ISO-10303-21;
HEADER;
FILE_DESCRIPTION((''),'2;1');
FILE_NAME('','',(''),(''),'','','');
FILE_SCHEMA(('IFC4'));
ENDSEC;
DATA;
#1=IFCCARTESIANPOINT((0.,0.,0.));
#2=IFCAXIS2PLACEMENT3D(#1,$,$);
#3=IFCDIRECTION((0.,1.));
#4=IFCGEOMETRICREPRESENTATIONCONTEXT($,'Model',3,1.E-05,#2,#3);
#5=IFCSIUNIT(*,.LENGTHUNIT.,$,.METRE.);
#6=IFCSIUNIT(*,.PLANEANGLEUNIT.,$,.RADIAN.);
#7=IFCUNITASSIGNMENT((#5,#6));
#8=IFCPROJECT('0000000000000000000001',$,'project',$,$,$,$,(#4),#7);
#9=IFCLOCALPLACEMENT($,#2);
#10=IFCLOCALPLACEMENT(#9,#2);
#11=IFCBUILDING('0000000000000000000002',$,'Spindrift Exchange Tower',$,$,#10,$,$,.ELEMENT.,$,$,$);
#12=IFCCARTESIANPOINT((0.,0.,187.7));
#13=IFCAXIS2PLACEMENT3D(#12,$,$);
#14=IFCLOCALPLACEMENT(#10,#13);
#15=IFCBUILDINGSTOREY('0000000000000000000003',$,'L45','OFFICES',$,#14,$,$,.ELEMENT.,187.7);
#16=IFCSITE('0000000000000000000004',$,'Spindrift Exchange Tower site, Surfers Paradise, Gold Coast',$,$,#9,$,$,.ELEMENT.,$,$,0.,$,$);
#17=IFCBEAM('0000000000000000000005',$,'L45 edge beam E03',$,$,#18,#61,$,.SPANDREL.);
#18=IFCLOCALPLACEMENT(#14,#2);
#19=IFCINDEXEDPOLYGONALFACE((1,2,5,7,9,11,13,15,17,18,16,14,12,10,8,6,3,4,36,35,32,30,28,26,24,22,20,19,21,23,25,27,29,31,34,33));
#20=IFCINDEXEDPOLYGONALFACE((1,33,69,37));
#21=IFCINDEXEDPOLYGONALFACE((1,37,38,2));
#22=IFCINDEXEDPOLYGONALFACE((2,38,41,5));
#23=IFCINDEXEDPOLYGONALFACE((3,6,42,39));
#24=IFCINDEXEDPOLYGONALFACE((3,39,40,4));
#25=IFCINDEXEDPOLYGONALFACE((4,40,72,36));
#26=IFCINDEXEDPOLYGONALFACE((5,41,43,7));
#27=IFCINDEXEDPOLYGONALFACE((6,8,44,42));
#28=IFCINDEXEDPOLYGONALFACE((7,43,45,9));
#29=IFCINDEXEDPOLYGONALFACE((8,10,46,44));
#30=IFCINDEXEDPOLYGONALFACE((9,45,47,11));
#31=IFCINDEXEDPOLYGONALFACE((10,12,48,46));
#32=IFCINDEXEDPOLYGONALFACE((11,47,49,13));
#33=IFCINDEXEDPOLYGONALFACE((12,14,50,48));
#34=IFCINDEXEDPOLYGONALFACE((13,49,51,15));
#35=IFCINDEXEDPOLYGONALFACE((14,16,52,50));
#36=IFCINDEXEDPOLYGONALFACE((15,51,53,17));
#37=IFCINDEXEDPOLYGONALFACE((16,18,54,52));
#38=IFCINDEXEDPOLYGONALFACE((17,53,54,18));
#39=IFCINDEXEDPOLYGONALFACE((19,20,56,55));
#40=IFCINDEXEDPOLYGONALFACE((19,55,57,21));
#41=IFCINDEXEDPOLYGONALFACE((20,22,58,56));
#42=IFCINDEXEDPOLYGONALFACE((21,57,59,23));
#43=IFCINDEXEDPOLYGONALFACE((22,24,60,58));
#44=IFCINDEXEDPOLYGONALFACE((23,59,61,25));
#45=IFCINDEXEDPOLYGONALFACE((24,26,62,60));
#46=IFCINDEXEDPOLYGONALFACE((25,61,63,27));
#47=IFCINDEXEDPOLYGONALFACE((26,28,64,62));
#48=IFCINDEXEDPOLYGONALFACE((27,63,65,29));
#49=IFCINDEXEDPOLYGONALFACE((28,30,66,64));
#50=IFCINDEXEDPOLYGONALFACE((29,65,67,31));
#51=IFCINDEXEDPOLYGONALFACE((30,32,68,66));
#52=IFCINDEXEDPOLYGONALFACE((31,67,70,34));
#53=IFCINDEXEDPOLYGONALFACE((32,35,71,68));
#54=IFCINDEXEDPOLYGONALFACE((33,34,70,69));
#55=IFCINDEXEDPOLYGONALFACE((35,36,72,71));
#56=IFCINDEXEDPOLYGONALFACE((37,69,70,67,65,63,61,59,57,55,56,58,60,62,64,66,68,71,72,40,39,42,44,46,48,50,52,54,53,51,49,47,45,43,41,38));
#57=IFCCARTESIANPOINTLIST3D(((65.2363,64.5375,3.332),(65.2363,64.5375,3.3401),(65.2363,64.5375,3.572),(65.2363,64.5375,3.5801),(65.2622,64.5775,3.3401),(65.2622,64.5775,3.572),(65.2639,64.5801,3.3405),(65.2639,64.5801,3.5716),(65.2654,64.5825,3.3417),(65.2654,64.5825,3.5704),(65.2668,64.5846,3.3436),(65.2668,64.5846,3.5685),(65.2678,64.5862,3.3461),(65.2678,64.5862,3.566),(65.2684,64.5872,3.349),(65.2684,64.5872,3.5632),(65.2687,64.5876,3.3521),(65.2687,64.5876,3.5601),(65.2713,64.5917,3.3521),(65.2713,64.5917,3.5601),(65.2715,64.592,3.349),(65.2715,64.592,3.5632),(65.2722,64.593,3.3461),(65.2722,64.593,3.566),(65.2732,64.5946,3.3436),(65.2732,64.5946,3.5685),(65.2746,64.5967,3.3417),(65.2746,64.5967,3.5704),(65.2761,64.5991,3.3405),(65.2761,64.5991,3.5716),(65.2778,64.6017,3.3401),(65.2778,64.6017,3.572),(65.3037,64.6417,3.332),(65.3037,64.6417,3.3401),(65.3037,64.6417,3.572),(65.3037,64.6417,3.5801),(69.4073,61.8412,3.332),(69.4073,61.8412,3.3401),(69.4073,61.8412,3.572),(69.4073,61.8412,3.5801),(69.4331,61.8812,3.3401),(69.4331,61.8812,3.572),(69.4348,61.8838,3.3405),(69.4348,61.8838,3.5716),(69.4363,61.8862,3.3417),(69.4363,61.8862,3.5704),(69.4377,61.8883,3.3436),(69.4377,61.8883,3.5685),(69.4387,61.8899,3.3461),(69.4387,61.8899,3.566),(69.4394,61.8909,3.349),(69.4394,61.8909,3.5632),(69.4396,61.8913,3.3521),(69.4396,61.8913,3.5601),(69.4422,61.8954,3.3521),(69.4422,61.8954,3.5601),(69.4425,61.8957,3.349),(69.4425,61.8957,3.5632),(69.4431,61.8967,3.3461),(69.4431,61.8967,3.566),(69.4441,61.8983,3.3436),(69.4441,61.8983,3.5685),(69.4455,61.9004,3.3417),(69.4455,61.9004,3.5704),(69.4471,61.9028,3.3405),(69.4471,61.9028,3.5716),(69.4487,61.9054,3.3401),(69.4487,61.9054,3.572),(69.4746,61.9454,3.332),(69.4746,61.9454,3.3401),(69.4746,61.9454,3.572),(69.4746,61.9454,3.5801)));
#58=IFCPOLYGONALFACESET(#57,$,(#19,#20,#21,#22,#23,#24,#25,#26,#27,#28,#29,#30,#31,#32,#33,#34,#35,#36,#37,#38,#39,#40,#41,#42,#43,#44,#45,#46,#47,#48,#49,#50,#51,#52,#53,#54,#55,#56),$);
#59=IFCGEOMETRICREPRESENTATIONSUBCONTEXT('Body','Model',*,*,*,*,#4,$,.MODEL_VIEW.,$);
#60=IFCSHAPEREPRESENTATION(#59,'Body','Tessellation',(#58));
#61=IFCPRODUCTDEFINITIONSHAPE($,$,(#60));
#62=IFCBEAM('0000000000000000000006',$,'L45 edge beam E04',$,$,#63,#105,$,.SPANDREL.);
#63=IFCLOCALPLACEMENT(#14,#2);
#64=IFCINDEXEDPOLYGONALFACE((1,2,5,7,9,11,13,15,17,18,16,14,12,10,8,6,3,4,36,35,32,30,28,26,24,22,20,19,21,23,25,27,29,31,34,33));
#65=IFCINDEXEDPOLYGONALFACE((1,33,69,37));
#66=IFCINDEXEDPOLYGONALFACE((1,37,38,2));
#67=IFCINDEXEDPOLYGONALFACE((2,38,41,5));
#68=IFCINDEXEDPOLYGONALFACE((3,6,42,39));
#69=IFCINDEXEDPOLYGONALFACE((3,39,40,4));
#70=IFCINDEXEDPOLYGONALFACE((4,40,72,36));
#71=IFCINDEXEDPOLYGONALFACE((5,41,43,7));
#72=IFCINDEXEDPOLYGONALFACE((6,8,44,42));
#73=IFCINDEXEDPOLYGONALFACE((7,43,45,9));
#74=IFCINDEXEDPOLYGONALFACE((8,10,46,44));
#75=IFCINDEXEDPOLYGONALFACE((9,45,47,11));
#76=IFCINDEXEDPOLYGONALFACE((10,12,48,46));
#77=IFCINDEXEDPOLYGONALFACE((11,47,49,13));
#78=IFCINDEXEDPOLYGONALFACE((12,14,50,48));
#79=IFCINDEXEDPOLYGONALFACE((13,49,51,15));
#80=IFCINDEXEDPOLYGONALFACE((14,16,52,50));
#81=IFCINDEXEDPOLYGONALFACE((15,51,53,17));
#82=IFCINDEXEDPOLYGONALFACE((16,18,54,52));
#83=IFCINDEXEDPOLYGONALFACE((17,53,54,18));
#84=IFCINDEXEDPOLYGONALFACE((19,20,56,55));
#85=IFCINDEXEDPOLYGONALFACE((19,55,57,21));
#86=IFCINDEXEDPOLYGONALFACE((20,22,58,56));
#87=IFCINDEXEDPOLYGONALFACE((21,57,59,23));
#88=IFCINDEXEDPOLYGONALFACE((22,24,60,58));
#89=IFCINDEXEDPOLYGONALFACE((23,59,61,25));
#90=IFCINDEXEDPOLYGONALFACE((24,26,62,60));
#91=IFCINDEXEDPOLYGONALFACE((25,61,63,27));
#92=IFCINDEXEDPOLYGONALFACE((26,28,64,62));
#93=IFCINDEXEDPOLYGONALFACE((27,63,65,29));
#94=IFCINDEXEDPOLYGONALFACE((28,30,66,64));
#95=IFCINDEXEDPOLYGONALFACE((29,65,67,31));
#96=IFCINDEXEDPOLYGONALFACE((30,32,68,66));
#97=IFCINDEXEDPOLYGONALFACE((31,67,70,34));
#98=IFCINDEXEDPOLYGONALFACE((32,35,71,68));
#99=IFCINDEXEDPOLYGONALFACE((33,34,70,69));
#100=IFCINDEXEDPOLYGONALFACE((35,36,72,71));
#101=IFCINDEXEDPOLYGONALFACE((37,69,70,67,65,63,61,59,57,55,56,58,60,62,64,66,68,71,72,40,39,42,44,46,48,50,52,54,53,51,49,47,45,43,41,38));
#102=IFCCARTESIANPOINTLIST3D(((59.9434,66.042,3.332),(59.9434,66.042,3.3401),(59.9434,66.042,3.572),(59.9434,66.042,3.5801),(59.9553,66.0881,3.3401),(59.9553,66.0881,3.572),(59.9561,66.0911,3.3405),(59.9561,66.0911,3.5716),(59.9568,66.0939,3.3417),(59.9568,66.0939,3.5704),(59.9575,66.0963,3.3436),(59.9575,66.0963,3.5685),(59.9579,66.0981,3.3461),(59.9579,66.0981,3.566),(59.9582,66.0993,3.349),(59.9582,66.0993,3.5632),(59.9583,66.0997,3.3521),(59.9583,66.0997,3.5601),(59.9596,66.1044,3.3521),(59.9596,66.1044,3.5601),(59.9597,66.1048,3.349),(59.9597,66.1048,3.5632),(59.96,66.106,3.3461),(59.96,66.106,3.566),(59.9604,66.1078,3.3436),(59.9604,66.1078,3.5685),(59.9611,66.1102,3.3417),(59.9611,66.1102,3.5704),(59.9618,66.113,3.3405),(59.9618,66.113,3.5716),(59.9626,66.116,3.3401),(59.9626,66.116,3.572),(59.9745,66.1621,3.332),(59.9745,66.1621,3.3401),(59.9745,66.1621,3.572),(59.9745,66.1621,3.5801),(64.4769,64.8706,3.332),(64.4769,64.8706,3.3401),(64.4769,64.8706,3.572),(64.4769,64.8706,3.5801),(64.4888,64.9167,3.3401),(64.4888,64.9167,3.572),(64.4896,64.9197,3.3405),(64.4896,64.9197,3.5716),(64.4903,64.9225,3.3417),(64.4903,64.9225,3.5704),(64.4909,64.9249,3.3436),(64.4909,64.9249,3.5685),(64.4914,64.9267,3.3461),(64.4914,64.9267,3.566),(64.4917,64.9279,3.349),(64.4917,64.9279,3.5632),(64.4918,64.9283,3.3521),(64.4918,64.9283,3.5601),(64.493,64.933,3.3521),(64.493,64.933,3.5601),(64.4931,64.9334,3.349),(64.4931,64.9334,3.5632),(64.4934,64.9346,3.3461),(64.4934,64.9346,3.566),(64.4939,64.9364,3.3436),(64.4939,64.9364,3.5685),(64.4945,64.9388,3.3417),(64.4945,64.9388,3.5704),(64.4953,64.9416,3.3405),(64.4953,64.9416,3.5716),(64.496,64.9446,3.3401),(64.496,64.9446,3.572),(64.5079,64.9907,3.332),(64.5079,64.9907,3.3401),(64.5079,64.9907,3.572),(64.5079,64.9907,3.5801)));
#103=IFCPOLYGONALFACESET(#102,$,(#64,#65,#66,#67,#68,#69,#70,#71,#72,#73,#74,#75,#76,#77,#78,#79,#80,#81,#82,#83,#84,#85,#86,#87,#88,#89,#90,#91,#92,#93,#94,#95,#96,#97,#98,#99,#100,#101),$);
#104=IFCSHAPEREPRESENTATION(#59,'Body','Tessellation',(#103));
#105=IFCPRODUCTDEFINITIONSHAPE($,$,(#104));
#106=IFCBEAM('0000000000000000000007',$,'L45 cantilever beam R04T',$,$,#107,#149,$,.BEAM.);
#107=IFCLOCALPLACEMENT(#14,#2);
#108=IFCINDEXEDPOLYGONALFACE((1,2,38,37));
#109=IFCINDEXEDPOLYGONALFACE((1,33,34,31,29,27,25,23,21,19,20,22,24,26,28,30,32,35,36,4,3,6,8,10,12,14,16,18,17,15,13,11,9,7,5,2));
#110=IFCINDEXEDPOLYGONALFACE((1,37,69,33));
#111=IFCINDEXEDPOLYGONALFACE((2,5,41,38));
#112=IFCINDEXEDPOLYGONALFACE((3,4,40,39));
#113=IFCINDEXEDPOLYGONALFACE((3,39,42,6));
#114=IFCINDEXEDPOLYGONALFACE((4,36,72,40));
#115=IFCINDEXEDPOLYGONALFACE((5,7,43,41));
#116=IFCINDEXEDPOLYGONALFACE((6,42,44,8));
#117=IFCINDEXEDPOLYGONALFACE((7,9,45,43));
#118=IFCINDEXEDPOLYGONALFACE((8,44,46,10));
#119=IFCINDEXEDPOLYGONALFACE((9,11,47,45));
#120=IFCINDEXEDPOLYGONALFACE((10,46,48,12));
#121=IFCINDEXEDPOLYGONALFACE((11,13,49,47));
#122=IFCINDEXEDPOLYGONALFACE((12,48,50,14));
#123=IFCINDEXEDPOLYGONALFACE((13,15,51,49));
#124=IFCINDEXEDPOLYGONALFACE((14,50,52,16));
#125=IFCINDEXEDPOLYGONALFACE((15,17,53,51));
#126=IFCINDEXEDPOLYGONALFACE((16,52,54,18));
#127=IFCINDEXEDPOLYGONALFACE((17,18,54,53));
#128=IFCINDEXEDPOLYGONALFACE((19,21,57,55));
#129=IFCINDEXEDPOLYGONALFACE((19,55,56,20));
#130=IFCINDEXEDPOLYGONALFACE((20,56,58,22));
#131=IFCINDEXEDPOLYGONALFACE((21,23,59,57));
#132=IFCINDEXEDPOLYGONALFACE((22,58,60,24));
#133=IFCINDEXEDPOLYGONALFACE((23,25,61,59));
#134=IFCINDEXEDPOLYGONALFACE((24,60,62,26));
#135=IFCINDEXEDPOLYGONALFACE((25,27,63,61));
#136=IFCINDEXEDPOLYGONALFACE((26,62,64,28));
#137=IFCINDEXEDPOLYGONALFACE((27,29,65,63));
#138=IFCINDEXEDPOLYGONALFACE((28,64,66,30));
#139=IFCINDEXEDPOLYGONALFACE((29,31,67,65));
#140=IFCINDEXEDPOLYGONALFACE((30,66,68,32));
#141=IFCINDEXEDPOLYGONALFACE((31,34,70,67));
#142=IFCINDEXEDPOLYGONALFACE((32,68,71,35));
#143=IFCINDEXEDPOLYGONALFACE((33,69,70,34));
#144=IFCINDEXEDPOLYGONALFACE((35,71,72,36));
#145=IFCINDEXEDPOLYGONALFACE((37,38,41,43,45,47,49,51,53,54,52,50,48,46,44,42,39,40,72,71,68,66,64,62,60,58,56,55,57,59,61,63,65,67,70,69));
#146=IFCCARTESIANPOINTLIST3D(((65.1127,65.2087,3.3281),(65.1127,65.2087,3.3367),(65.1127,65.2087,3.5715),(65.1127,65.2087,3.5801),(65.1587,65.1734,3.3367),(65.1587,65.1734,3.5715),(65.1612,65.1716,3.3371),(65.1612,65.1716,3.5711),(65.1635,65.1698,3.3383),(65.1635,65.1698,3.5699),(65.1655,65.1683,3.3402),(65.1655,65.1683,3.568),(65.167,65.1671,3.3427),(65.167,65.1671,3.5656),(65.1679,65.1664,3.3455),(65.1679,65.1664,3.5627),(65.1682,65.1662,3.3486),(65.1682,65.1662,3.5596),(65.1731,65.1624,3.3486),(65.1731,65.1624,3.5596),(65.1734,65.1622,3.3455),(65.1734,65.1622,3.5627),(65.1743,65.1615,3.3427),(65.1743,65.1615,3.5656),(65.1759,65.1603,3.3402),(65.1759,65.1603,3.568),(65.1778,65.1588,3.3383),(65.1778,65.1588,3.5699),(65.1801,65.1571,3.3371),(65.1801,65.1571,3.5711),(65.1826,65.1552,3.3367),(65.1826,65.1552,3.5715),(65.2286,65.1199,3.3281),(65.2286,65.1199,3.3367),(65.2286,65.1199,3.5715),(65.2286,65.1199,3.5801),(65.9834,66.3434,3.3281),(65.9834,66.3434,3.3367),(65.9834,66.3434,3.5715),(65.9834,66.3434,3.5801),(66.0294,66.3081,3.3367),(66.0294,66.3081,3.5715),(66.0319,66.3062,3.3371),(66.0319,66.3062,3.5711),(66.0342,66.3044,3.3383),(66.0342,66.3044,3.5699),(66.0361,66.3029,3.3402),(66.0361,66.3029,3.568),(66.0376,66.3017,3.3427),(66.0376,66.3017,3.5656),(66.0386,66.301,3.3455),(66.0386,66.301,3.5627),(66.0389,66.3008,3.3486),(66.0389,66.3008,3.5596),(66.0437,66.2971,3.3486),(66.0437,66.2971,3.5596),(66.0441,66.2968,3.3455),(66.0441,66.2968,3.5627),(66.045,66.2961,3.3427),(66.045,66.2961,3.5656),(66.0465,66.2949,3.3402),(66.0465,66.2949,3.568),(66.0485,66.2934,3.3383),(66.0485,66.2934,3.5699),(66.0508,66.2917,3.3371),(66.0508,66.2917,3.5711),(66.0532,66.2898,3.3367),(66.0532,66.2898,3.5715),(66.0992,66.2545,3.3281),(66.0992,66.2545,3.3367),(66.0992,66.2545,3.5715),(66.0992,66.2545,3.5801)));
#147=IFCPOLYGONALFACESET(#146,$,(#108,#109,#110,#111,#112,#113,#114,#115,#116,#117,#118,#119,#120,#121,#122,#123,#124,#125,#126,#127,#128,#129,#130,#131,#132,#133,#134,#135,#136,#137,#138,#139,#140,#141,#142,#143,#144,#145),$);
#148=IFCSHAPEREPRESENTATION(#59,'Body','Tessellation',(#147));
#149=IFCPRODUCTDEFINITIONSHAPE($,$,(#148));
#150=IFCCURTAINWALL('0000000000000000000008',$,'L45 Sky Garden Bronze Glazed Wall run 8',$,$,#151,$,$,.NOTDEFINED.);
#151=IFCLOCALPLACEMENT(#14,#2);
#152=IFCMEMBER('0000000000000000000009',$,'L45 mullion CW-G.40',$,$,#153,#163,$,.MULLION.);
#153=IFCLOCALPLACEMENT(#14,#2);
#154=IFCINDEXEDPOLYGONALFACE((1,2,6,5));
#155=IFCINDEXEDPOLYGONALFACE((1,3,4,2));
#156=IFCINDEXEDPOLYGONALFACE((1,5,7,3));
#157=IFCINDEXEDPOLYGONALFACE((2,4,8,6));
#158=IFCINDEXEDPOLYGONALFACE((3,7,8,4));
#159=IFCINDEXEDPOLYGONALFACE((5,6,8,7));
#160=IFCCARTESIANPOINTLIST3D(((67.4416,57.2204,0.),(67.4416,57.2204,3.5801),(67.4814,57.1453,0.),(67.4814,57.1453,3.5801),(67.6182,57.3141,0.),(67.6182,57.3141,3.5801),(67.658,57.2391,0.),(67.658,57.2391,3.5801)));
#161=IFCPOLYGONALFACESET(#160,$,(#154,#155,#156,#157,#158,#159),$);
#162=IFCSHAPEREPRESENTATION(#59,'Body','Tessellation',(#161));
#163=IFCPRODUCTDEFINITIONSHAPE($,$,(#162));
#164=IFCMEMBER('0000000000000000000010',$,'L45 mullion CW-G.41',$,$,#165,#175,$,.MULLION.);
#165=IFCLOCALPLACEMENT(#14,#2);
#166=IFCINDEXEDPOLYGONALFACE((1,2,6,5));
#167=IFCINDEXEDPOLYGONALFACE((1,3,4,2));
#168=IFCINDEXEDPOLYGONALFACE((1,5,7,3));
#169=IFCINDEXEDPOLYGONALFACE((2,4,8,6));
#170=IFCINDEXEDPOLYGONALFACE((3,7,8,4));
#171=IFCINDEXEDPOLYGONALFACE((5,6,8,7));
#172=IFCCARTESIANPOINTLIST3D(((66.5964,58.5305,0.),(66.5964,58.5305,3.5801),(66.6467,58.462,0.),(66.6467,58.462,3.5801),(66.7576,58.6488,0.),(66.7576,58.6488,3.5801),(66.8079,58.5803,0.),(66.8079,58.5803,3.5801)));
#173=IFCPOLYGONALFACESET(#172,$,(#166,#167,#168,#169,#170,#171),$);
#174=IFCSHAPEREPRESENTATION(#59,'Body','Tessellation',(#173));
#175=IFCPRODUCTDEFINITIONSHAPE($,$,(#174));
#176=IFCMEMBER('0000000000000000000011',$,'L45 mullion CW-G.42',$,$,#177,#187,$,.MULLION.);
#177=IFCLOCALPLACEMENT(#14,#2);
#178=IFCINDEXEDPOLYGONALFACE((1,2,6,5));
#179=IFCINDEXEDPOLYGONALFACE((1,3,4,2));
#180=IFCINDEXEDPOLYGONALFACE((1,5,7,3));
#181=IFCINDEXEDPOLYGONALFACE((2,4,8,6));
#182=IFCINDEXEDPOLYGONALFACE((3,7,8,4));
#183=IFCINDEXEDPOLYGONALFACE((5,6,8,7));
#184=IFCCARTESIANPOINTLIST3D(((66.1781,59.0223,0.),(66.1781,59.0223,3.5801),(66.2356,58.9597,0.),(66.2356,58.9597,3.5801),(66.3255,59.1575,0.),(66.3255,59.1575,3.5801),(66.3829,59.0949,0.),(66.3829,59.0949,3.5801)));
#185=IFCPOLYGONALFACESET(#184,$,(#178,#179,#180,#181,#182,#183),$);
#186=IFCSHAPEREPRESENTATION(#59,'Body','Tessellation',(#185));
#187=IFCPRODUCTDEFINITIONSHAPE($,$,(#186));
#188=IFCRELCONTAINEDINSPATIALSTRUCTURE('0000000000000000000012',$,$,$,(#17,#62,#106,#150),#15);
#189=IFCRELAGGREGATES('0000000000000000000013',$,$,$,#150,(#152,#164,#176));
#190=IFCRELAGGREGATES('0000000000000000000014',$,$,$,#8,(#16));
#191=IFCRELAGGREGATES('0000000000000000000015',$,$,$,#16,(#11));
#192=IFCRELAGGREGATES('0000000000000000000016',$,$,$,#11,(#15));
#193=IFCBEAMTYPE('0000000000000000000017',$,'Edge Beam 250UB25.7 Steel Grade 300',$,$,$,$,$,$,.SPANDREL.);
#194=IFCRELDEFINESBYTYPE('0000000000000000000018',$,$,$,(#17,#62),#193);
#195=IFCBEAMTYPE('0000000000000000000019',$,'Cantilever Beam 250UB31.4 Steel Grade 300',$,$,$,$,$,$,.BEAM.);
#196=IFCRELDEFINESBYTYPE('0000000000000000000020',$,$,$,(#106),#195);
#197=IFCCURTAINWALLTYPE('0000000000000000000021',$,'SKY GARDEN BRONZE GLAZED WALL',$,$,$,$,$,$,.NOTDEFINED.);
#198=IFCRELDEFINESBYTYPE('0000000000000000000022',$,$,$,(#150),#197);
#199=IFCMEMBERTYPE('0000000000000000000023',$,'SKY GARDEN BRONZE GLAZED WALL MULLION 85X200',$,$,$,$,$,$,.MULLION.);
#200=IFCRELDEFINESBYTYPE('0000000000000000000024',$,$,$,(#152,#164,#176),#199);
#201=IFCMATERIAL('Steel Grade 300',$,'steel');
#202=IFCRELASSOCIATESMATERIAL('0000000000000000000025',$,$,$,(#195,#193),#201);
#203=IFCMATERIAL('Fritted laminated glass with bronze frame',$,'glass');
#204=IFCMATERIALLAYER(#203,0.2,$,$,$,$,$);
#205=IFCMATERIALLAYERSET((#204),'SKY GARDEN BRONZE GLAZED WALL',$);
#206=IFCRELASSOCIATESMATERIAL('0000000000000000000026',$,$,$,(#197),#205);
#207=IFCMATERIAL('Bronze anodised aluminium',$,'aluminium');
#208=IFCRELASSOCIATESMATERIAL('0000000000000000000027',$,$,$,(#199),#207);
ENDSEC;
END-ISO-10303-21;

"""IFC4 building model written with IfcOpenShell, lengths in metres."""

from ifc_helpers import new_model, si_unit, direction, frame, origin, origin_2d, place, context, subcontext, project, spatial, rectangle, i_section, extrude, source, transform, mapped, material, layer, layer_set, material_profile, profile_set, type_object, element, aggregate, save


model = new_model("IFC4")

# Units and contexts
model_context = context("Model", 3, precision=1e-05, world=origin(), true_north=direction((0.0, 1.0)))
body_context = subcontext(model_context, "Body", "Model", "MODEL_VIEW")
ifc_project = project(units=[si_unit("LENGTHUNIT", "METRE"), si_unit("PLANEANGLEUNIT", "RADIAN")], contexts=[model_context])

# Site, building, storey
site_placement = place(None, origin())
site = spatial("IfcSite", under=ifc_project, at=site_placement, Name="Spindrift Exchange Tower site, Surfers Paradise, Gold Coast", CompositionType="ELEMENT", RefElevation=0.0)
building_placement = place(site_placement, origin())
building = spatial("IfcBuilding", under=site, at=building_placement, Name="Spindrift Exchange Tower", CompositionType="ELEMENT")
storey_placement = place(building_placement, frame((0.0, 0.0, 187.7)))
storey = spatial("IfcBuildingStorey", under=building, at=storey_placement, Name="L45", Description="OFFICES", CompositionType="ELEMENT", Elevation=187.7)

# Beams
ifc_material_1 = material(Name="Steel Grade 300", Category="steel")
ifc_material_profile_1 = material_profile(ifc_material_1, i_section(OverallWidth=0.146, OverallDepth=0.252, WebThickness=0.0061, FlangeThickness=0.0085, FilletRadius=0.012, at=origin_2d()), Name="250UB31.4")
ifc_profile_set_1 = profile_set([ifc_material_profile_1], Name="Steel Grade 300")
beam_type_1 = type_object("IfcBeamType", Name="Cantilever Beam 250UB31.4 Steel Grade 300", PredefinedType="BEAM", material=ifc_profile_set_1)
ifc_material_profile_2 = material_profile(ifc_material_1, i_section(OverallWidth=0.124, OverallDepth=0.248, WebThickness=0.0049, FlangeThickness=0.0081, FilletRadius=0.012, at=origin_2d()), Name="250UB25.7")
ifc_profile_set_2 = profile_set([ifc_material_profile_2], Name="Steel Grade 300")
beam_type_2 = type_object("IfcBeamType", Name="Edge Beam 250UB25.7 Steel Grade 300", PredefinedType="SPANDREL", material=ifc_profile_set_2)
shared_shape_1 = source(origin(), body_context, "Body", "SweptSolid", [
    extrude(i_section(OverallWidth=0.124, OverallDepth=0.248, WebThickness=0.0049, FlangeThickness=0.0081, FilletRadius=0.012, at=origin_2d()), origin(), (0.0, 0.0, 1.0), 4.9666),
])
beam_1_placement = place(storey_placement, frame((69.4409, 61.8933, 3.4561), z_axis=(-0.839802, 0.542893, 0.0), x_axis=(-0.542893, -0.839802, 0.0)))
element("IfcBeam", 1, at=beam_1_placement, inside=storey, type_object=beam_type_2, Name="L45 edge beam E03", PredefinedType="SPANDREL", context=body_context, shape_type="MappedRepresentation", body=[
    mapped(shared_shape_1, transform((0.0, 0.0, 0.0), scale=1.0)),
])
shared_shape_2 = source(origin(), body_context, "Body", "SweptSolid", [
    extrude(i_section(OverallWidth=0.124, OverallDepth=0.248, WebThickness=0.0049, FlangeThickness=0.0081, FilletRadius=0.012, at=origin_2d()), origin(), (0.0, 0.0, 1.0), 4.6824),
])
beam_2_placement = place(storey_placement, frame((64.4924, 64.9307, 3.4561), z_axis=(-0.968202, 0.250171, 0.0), x_axis=(-0.250171, -0.968202, 0.0)))
element("IfcBeam", 2, at=beam_2_placement, inside=storey, type_object=beam_type_2, Name="L45 edge beam E04", PredefinedType="SPANDREL", context=body_context, shape_type="MappedRepresentation", body=[
    mapped(shared_shape_2, transform((0.0, 0.0, 0.0), scale=1.0)),
])
shared_shape_3 = source(origin(), body_context, "Body", "SweptSolid", [
    extrude(i_section(OverallWidth=0.146, OverallDepth=0.252, WebThickness=0.0061, FlangeThickness=0.0085, FilletRadius=0.012, at=origin_2d()), origin(), (0.0, 0.0, 1.0), 1.4302),
])
beam_3_placement = place(storey_placement, frame((65.1707, 65.1643, 3.4541), z_axis=(0.608786, 0.793334, 0.0), x_axis=(-0.793334, 0.608786, 0.0)))
element("IfcBeam", 3, at=beam_3_placement, inside=storey, type_object=beam_type_1, Name="L45 cantilever beam R04T", PredefinedType="BEAM", context=body_context, shape_type="MappedRepresentation", body=[
    mapped(shared_shape_3, transform((0.0, 0.0, 0.0), scale=1.0)),
])

# Curtain wall, members
ifc_material_2 = material(Name="Fritted laminated glass with bronze frame", Category="glass")
ifc_layer_1 = layer(ifc_material_2, 0.2)
ifc_layer_set_1 = layer_set([ifc_layer_1], Name="SKY GARDEN BRONZE GLAZED WALL")
curtain_wall_type = type_object("IfcCurtainWallType", Name="SKY GARDEN BRONZE GLAZED WALL", PredefinedType="NOTDEFINED", material=ifc_layer_set_1)
curtain_wall_1_placement = place(storey_placement, origin())
curtain_wall_1 = element("IfcCurtainWall", 4, at=curtain_wall_1_placement, inside=storey, type_object=curtain_wall_type, Name="L45 Sky Garden Bronze Glazed Wall run 8", PredefinedType="NOTDEFINED")
ifc_material_3 = material(Name="Bronze anodised aluminium", Category="aluminium")
ifc_material_profile_3 = material_profile(ifc_material_3, rectangle(XDim=0.085, YDim=0.2, at=origin_2d()), Name="SKY GARDEN BRONZE GLAZED WALL MULLION 85X200")
ifc_profile_set_3 = profile_set([ifc_material_profile_3], Name="Bronze anodised aluminium")
member_type_1 = type_object("IfcMemberType", Name="SKY GARDEN BRONZE GLAZED WALL MULLION 85X200", PredefinedType="MULLION", material=ifc_profile_set_3)
shared_shape_4 = source(origin(), body_context, "Body", "SweptSolid", [
    extrude(rectangle(XDim=0.085, YDim=0.2, at=origin_2d()), origin(), (0.0, 0.0, 1.0), 3.5801),
])
member_1_placement = place(storey_placement, frame((67.5498, 57.2297, 0.0), z_axis=(0.0, 0.0, 1.0), x_axis=(-0.468923, 0.883239, 0.0)))
member_1 = element("IfcMember", 5, at=member_1_placement, type_object=member_type_1, Name="L45 mullion CW-G.40", PredefinedType="MULLION", context=body_context, shape_type="MappedRepresentation", body=[
    mapped(shared_shape_4, transform((0.0, 0.0, 0.0), scale=1.0)),
])
member_2_placement = place(storey_placement, frame((66.7021, 58.5554, 0.0), z_axis=(0.0, 0.0, 1.0), x_axis=(-0.591655, 0.806191, 0.0)))
member_2 = element("IfcMember", 6, at=member_2_placement, type_object=member_type_1, Name="L45 mullion CW-G.41", PredefinedType="MULLION", context=body_context, shape_type="MappedRepresentation", body=[
    mapped(shared_shape_4, transform((0.0, 0.0, 0.0), scale=1.0)),
])
member_3_placement = place(storey_placement, frame((66.2805, 59.0586, 0.0), z_axis=(0.0, 0.0, 1.0), x_axis=(-0.676129, 0.736783, 0.0)))
member_3 = element("IfcMember", 7, at=member_3_placement, type_object=member_type_1, Name="L45 mullion CW-G.42", PredefinedType="MULLION", context=body_context, shape_type="MappedRepresentation", body=[
    mapped(shared_shape_4, transform((0.0, 0.0, 0.0), scale=1.0)),
])

aggregate(curtain_wall_1, [member_1, member_2, member_3])

save(model, "model.ifc")
